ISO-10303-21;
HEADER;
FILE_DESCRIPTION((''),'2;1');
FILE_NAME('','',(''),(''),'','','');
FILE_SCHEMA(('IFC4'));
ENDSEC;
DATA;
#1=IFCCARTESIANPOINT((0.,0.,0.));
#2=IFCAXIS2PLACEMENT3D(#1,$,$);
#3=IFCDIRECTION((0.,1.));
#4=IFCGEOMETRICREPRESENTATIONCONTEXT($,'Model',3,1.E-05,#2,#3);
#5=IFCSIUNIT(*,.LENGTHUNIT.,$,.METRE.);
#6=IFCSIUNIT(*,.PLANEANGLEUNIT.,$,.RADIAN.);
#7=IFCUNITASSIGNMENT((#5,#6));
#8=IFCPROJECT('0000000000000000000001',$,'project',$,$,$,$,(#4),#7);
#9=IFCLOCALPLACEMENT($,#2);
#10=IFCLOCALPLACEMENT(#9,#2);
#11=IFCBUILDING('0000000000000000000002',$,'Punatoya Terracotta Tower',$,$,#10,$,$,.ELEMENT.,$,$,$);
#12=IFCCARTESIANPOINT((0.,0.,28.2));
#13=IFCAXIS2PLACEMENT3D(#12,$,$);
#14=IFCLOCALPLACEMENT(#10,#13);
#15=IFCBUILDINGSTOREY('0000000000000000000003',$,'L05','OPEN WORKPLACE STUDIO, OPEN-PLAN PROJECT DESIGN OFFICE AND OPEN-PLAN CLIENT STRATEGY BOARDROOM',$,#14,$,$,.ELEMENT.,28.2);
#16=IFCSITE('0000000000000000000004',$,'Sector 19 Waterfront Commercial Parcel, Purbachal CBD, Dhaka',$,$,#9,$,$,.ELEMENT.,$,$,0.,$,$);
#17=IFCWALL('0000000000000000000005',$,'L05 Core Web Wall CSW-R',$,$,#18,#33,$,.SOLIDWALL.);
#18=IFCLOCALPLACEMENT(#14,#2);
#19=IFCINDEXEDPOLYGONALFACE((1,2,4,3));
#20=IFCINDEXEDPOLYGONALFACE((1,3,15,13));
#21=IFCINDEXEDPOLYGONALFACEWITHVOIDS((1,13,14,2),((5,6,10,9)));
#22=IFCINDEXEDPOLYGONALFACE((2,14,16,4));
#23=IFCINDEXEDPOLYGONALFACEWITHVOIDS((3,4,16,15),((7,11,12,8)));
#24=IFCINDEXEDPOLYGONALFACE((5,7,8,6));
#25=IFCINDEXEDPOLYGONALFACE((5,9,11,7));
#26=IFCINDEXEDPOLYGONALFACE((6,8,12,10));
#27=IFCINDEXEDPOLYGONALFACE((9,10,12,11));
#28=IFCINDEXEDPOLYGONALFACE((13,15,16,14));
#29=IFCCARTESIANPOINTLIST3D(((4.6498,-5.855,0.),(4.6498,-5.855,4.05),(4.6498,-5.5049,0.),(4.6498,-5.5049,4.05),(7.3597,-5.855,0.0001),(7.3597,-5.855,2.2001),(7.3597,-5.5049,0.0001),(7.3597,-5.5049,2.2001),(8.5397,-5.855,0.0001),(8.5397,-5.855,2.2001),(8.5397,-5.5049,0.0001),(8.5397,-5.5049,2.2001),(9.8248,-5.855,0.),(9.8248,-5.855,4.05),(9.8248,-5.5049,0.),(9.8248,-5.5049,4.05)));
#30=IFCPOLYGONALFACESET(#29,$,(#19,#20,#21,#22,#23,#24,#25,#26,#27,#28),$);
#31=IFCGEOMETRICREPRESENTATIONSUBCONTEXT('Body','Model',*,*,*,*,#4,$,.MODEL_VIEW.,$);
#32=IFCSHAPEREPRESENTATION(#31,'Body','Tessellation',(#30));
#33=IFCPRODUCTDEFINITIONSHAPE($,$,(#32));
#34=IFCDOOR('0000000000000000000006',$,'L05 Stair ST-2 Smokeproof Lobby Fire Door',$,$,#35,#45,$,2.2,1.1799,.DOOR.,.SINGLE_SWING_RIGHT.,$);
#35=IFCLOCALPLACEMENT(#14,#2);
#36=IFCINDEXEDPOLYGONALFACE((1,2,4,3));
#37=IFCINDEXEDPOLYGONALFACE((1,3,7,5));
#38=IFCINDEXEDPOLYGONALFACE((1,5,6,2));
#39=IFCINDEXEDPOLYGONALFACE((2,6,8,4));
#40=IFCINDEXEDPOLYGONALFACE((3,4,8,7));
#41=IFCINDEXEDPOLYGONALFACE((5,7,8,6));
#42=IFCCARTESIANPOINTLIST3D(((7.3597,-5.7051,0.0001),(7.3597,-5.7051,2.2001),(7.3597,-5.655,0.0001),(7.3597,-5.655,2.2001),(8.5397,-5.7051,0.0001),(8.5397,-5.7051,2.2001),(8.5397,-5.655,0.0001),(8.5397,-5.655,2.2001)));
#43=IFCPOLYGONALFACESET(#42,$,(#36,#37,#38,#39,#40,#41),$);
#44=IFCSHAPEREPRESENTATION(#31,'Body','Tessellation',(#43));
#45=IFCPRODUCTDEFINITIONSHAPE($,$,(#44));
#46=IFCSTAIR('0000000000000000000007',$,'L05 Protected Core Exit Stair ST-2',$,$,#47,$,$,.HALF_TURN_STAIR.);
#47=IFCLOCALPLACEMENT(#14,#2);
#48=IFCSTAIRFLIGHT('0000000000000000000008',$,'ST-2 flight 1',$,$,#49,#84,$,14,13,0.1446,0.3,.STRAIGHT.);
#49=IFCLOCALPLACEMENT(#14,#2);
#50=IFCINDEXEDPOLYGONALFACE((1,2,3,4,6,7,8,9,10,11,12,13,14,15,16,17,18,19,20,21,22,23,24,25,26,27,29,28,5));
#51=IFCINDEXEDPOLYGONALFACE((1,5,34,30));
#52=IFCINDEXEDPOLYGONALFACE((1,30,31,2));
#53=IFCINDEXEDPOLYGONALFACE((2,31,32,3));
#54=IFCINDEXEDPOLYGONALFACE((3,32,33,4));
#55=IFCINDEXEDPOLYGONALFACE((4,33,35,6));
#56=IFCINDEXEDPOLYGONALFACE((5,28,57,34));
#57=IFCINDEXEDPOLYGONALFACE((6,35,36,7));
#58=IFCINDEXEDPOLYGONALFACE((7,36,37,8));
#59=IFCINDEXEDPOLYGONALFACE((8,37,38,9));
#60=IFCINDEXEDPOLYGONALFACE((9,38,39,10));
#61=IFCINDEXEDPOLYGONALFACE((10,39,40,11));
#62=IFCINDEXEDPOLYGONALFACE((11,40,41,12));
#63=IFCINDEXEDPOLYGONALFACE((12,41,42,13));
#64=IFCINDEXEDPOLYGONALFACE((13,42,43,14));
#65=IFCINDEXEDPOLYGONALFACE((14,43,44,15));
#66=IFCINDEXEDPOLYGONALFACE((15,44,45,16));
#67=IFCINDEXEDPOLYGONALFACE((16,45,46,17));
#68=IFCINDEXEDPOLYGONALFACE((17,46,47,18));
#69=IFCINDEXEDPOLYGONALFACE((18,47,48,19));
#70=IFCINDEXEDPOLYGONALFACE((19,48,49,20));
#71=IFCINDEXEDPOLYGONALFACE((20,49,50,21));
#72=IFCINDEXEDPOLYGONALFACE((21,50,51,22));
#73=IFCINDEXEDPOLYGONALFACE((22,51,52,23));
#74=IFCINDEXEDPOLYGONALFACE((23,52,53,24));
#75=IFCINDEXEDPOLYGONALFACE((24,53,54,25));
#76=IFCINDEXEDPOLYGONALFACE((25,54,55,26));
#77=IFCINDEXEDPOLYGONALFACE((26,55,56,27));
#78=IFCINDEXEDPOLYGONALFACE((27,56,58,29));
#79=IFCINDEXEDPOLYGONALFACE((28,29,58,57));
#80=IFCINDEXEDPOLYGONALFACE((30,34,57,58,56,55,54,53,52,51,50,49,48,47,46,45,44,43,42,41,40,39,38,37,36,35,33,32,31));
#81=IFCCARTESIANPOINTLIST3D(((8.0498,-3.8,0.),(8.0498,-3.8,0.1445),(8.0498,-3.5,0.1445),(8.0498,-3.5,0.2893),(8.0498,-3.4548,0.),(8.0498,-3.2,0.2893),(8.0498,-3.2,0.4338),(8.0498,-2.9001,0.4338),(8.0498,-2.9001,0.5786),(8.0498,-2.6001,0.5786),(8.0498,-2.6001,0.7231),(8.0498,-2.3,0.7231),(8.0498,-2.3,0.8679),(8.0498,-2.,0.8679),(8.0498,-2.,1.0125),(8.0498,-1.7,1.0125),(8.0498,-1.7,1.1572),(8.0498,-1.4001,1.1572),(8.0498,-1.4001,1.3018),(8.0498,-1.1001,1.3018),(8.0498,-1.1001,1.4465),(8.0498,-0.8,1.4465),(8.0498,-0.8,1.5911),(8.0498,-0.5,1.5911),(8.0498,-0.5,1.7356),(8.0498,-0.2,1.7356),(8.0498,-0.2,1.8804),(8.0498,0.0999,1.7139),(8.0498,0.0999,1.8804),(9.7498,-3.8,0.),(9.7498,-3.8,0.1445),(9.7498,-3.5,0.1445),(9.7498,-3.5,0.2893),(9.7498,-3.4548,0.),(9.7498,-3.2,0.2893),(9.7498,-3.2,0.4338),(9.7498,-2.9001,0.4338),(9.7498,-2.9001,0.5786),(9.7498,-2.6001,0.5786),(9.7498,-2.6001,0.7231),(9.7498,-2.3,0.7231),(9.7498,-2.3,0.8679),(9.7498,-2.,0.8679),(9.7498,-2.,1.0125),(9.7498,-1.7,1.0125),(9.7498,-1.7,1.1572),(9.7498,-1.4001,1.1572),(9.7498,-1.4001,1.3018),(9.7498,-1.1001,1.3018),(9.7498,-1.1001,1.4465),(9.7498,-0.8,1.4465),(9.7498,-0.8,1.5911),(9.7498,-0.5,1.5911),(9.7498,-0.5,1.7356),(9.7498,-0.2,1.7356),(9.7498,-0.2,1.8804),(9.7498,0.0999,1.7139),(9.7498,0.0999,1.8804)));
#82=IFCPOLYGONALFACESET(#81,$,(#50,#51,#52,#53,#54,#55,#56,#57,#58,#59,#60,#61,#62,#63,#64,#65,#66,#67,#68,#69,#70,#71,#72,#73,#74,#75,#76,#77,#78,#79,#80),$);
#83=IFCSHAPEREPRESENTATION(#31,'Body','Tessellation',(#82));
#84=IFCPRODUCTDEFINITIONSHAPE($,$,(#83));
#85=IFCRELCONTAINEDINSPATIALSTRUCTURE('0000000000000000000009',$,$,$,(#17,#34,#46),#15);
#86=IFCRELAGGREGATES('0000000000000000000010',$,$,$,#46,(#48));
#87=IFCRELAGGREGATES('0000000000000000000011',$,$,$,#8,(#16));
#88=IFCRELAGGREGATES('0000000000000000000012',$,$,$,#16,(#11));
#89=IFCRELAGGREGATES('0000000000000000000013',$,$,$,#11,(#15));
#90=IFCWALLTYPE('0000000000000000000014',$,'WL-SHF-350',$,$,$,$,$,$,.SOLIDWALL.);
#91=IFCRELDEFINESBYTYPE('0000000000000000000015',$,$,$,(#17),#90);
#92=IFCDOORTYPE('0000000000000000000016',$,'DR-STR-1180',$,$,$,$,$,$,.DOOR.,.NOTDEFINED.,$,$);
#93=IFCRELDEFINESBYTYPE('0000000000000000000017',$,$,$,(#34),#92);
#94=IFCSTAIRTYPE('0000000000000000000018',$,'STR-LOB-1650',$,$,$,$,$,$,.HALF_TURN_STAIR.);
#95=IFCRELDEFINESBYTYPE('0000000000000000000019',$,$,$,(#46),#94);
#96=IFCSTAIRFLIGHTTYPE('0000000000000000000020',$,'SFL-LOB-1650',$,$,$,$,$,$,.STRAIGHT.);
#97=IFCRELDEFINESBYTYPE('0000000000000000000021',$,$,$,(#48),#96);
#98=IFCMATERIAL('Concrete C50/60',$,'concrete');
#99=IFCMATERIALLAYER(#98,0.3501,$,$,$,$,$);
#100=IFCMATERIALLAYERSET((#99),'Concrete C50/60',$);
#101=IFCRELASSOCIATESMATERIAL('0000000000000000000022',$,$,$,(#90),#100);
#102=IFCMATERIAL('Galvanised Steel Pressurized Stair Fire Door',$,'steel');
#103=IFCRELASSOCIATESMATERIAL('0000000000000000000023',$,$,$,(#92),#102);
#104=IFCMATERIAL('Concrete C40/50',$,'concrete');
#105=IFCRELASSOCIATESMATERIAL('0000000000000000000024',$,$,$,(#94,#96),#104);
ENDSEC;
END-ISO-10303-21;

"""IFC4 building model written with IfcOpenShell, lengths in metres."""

from ifc_helpers import new_model, si_unit, direction, frame, frame_2d, origin, place, context, subcontext, project, spatial, polyline, rectangle, outline, extrude, material, layer, layer_set, type_object, element, fill, aggregate, save


model = new_model("IFC4")

# Units and contexts
model_context = context("Model", 3, precision=1e-05, world=origin(), true_north=direction((0.0, 1.0)))
body_context = subcontext(model_context, "Body", "Model", "MODEL_VIEW")
ifc_project = project(units=[si_unit("LENGTHUNIT", "METRE"), si_unit("PLANEANGLEUNIT", "RADIAN")], contexts=[model_context])

# Site, building, storey
site_placement = place(None, origin())
site = spatial("IfcSite", under=ifc_project, at=site_placement, Name="Sector 19 Waterfront Commercial Parcel, Purbachal CBD, Dhaka", CompositionType="ELEMENT", RefElevation=0.0)
building_placement = place(site_placement, origin())
building = spatial("IfcBuilding", under=site, at=building_placement, Name="Punatoya Terracotta Tower", CompositionType="ELEMENT")
storey_placement = place(building_placement, frame((0.0, 0.0, 28.2)))
storey = spatial("IfcBuildingStorey", under=building, at=storey_placement, Name="L05", Description="OPEN WORKPLACE STUDIO, OPEN-PLAN PROJECT DESIGN OFFICE AND OPEN-PLAN CLIENT STRATEGY BOARDROOM", CompositionType="ELEMENT", Elevation=28.2)

# Shared definitions
ifc_material_1 = material(Name="Concrete C40/50", Category="concrete")

# Wall, opening, door
ifc_material_2 = material(Name="Concrete C50/60", Category="concrete")
ifc_layer_1 = layer(ifc_material_2, 0.3501)
ifc_layer_set_1 = layer_set([ifc_layer_1], Name="Concrete C50/60")
wall_type_1 = type_object("IfcWallType", Name="WL-SHF-350", PredefinedType="SOLIDWALL", material=ifc_layer_set_1)
wall_1_placement = place(storey_placement, frame((4.6499, -5.6799, 0.0), z_axis=(0.0, 0.0, 1.0), x_axis=(1.0, 0.0, 0.0)))
wall_1 = element("IfcWall", 1, at=wall_1_placement, inside=storey, type_object=wall_type_1, Name="L05 Core Web Wall CSW-R", PredefinedType="SOLIDWALL", context=body_context, shape_type="SweptSolid", body=[
    extrude(rectangle(XDim=5.175, YDim=0.3501, at=frame_2d((2.5874, 0.0))), origin(), (0.0, 0.0, 1.0), 4.05),
])
opening_1_placement = place(wall_1_placement, frame((2.71, 0.0, 0.0)))
opening_1 = element("IfcOpeningElement", 2, at=opening_1_placement, cuts=wall_1, PredefinedType="OPENING", context=body_context, shape_type="SweptSolid", body=[
    extrude(rectangle(XDim=1.1799, YDim=2.2, at=frame_2d((0.5898, 1.1001))), frame((0.0, 0.1851, 0.0), z_axis=(0.0, -1.0, 0.0), x_axis=(1.0, 0.0, 0.0)), (0.0, 0.0, 1.0), 0.3701),
])
ifc_material_3 = material(Name="Galvanised Steel Pressurized Stair Fire Door", Category="steel")
door_type_1 = type_object("IfcDoorType", Name="DR-STR-1180", OperationType="NOTDEFINED", PredefinedType="DOOR", material=ifc_material_3)
door_1_placement = place(opening_1_placement, origin())
door_1 = element("IfcDoor", 3, at=door_1_placement, inside=storey, type_object=door_type_1, Name="L05 Stair ST-2 Smokeproof Lobby Fire Door", OperationType="SINGLE_SWING_RIGHT", OverallHeight=2.2, OverallWidth=1.1799, PredefinedType="DOOR", context=body_context, shape_type="SweptSolid", body=[
    extrude(rectangle(XDim=1.1799, YDim=2.2, at=frame_2d((0.5898, 1.1001))), frame((0.0, 0.0249, 0.0), z_axis=(0.0, -1.0, 0.0), x_axis=(1.0, 0.0, 0.0)), (0.0, 0.0, 1.0), 0.05),
])
fill(opening_1, door_1)

# Stair, stair flight
stair_type = type_object("IfcStairType", Name="STR-LOB-1650", PredefinedType="HALF_TURN_STAIR", material=ifc_material_1)
stair_placement = place(storey_placement, origin())
stair = element("IfcStair", 4, at=stair_placement, inside=storey, type_object=stair_type, Name="L05 Protected Core Exit Stair ST-2", PredefinedType="HALF_TURN_STAIR")
stair_flight_type = type_object("IfcStairFlightType", Name="SFL-LOB-1650", PredefinedType="STRAIGHT", material=ifc_material_1)
stair_flight_placement = place(storey_placement, frame((8.8999, -3.8, 0.0), z_axis=(0.0, 0.0, 1.0), x_axis=(0.0, 1.0, 0.0)))
stair_flight = element("IfcStairFlight", 5, at=stair_flight_placement, type_object=stair_flight_type, Name="ST-2 flight 1", NumberOfRisers=14, NumberOfTreads=13, PredefinedType="STRAIGHT", RiserHeight=0.1446, TreadLength=0.3, context=body_context, shape_type="SweptSolid", body=[
    extrude(outline(polyline([(0.0, 0.0), (0.0, 0.1445), (0.3, 0.1445), (0.3, 0.2893), (0.6001, 0.2893), (0.6001, 0.4338), (0.8999, 0.4338), (0.8999, 0.5786), (1.2, 0.5786), (1.2, 0.7231), (1.5, 0.7231), (1.5, 0.8679), (1.8, 0.8679), (1.8, 1.0125), (2.1001, 1.0125), (2.1001, 1.1572), (2.3999, 1.1572), (2.3999, 1.3018), (2.7, 1.3018), (2.7, 1.4465), (3.0, 1.4465), (3.0, 1.5911), (3.3, 1.5911), (3.3, 1.7356), (3.6001, 1.7356), (3.6001, 1.8804), (3.8999, 1.8804), (3.8999, 2.0249), (3.8999, 1.7139), (0.3452, 0.0), (0.0, 0.0)])), frame((0.0, 0.8501, 0.0), z_axis=(0.0, -1.0, 0.0), x_axis=(1.0, 0.0, 0.0)), (0.0, 0.0, 1.0), 1.7),
])
aggregate(stair, [stair_flight])

save(model, "model.ifc")
